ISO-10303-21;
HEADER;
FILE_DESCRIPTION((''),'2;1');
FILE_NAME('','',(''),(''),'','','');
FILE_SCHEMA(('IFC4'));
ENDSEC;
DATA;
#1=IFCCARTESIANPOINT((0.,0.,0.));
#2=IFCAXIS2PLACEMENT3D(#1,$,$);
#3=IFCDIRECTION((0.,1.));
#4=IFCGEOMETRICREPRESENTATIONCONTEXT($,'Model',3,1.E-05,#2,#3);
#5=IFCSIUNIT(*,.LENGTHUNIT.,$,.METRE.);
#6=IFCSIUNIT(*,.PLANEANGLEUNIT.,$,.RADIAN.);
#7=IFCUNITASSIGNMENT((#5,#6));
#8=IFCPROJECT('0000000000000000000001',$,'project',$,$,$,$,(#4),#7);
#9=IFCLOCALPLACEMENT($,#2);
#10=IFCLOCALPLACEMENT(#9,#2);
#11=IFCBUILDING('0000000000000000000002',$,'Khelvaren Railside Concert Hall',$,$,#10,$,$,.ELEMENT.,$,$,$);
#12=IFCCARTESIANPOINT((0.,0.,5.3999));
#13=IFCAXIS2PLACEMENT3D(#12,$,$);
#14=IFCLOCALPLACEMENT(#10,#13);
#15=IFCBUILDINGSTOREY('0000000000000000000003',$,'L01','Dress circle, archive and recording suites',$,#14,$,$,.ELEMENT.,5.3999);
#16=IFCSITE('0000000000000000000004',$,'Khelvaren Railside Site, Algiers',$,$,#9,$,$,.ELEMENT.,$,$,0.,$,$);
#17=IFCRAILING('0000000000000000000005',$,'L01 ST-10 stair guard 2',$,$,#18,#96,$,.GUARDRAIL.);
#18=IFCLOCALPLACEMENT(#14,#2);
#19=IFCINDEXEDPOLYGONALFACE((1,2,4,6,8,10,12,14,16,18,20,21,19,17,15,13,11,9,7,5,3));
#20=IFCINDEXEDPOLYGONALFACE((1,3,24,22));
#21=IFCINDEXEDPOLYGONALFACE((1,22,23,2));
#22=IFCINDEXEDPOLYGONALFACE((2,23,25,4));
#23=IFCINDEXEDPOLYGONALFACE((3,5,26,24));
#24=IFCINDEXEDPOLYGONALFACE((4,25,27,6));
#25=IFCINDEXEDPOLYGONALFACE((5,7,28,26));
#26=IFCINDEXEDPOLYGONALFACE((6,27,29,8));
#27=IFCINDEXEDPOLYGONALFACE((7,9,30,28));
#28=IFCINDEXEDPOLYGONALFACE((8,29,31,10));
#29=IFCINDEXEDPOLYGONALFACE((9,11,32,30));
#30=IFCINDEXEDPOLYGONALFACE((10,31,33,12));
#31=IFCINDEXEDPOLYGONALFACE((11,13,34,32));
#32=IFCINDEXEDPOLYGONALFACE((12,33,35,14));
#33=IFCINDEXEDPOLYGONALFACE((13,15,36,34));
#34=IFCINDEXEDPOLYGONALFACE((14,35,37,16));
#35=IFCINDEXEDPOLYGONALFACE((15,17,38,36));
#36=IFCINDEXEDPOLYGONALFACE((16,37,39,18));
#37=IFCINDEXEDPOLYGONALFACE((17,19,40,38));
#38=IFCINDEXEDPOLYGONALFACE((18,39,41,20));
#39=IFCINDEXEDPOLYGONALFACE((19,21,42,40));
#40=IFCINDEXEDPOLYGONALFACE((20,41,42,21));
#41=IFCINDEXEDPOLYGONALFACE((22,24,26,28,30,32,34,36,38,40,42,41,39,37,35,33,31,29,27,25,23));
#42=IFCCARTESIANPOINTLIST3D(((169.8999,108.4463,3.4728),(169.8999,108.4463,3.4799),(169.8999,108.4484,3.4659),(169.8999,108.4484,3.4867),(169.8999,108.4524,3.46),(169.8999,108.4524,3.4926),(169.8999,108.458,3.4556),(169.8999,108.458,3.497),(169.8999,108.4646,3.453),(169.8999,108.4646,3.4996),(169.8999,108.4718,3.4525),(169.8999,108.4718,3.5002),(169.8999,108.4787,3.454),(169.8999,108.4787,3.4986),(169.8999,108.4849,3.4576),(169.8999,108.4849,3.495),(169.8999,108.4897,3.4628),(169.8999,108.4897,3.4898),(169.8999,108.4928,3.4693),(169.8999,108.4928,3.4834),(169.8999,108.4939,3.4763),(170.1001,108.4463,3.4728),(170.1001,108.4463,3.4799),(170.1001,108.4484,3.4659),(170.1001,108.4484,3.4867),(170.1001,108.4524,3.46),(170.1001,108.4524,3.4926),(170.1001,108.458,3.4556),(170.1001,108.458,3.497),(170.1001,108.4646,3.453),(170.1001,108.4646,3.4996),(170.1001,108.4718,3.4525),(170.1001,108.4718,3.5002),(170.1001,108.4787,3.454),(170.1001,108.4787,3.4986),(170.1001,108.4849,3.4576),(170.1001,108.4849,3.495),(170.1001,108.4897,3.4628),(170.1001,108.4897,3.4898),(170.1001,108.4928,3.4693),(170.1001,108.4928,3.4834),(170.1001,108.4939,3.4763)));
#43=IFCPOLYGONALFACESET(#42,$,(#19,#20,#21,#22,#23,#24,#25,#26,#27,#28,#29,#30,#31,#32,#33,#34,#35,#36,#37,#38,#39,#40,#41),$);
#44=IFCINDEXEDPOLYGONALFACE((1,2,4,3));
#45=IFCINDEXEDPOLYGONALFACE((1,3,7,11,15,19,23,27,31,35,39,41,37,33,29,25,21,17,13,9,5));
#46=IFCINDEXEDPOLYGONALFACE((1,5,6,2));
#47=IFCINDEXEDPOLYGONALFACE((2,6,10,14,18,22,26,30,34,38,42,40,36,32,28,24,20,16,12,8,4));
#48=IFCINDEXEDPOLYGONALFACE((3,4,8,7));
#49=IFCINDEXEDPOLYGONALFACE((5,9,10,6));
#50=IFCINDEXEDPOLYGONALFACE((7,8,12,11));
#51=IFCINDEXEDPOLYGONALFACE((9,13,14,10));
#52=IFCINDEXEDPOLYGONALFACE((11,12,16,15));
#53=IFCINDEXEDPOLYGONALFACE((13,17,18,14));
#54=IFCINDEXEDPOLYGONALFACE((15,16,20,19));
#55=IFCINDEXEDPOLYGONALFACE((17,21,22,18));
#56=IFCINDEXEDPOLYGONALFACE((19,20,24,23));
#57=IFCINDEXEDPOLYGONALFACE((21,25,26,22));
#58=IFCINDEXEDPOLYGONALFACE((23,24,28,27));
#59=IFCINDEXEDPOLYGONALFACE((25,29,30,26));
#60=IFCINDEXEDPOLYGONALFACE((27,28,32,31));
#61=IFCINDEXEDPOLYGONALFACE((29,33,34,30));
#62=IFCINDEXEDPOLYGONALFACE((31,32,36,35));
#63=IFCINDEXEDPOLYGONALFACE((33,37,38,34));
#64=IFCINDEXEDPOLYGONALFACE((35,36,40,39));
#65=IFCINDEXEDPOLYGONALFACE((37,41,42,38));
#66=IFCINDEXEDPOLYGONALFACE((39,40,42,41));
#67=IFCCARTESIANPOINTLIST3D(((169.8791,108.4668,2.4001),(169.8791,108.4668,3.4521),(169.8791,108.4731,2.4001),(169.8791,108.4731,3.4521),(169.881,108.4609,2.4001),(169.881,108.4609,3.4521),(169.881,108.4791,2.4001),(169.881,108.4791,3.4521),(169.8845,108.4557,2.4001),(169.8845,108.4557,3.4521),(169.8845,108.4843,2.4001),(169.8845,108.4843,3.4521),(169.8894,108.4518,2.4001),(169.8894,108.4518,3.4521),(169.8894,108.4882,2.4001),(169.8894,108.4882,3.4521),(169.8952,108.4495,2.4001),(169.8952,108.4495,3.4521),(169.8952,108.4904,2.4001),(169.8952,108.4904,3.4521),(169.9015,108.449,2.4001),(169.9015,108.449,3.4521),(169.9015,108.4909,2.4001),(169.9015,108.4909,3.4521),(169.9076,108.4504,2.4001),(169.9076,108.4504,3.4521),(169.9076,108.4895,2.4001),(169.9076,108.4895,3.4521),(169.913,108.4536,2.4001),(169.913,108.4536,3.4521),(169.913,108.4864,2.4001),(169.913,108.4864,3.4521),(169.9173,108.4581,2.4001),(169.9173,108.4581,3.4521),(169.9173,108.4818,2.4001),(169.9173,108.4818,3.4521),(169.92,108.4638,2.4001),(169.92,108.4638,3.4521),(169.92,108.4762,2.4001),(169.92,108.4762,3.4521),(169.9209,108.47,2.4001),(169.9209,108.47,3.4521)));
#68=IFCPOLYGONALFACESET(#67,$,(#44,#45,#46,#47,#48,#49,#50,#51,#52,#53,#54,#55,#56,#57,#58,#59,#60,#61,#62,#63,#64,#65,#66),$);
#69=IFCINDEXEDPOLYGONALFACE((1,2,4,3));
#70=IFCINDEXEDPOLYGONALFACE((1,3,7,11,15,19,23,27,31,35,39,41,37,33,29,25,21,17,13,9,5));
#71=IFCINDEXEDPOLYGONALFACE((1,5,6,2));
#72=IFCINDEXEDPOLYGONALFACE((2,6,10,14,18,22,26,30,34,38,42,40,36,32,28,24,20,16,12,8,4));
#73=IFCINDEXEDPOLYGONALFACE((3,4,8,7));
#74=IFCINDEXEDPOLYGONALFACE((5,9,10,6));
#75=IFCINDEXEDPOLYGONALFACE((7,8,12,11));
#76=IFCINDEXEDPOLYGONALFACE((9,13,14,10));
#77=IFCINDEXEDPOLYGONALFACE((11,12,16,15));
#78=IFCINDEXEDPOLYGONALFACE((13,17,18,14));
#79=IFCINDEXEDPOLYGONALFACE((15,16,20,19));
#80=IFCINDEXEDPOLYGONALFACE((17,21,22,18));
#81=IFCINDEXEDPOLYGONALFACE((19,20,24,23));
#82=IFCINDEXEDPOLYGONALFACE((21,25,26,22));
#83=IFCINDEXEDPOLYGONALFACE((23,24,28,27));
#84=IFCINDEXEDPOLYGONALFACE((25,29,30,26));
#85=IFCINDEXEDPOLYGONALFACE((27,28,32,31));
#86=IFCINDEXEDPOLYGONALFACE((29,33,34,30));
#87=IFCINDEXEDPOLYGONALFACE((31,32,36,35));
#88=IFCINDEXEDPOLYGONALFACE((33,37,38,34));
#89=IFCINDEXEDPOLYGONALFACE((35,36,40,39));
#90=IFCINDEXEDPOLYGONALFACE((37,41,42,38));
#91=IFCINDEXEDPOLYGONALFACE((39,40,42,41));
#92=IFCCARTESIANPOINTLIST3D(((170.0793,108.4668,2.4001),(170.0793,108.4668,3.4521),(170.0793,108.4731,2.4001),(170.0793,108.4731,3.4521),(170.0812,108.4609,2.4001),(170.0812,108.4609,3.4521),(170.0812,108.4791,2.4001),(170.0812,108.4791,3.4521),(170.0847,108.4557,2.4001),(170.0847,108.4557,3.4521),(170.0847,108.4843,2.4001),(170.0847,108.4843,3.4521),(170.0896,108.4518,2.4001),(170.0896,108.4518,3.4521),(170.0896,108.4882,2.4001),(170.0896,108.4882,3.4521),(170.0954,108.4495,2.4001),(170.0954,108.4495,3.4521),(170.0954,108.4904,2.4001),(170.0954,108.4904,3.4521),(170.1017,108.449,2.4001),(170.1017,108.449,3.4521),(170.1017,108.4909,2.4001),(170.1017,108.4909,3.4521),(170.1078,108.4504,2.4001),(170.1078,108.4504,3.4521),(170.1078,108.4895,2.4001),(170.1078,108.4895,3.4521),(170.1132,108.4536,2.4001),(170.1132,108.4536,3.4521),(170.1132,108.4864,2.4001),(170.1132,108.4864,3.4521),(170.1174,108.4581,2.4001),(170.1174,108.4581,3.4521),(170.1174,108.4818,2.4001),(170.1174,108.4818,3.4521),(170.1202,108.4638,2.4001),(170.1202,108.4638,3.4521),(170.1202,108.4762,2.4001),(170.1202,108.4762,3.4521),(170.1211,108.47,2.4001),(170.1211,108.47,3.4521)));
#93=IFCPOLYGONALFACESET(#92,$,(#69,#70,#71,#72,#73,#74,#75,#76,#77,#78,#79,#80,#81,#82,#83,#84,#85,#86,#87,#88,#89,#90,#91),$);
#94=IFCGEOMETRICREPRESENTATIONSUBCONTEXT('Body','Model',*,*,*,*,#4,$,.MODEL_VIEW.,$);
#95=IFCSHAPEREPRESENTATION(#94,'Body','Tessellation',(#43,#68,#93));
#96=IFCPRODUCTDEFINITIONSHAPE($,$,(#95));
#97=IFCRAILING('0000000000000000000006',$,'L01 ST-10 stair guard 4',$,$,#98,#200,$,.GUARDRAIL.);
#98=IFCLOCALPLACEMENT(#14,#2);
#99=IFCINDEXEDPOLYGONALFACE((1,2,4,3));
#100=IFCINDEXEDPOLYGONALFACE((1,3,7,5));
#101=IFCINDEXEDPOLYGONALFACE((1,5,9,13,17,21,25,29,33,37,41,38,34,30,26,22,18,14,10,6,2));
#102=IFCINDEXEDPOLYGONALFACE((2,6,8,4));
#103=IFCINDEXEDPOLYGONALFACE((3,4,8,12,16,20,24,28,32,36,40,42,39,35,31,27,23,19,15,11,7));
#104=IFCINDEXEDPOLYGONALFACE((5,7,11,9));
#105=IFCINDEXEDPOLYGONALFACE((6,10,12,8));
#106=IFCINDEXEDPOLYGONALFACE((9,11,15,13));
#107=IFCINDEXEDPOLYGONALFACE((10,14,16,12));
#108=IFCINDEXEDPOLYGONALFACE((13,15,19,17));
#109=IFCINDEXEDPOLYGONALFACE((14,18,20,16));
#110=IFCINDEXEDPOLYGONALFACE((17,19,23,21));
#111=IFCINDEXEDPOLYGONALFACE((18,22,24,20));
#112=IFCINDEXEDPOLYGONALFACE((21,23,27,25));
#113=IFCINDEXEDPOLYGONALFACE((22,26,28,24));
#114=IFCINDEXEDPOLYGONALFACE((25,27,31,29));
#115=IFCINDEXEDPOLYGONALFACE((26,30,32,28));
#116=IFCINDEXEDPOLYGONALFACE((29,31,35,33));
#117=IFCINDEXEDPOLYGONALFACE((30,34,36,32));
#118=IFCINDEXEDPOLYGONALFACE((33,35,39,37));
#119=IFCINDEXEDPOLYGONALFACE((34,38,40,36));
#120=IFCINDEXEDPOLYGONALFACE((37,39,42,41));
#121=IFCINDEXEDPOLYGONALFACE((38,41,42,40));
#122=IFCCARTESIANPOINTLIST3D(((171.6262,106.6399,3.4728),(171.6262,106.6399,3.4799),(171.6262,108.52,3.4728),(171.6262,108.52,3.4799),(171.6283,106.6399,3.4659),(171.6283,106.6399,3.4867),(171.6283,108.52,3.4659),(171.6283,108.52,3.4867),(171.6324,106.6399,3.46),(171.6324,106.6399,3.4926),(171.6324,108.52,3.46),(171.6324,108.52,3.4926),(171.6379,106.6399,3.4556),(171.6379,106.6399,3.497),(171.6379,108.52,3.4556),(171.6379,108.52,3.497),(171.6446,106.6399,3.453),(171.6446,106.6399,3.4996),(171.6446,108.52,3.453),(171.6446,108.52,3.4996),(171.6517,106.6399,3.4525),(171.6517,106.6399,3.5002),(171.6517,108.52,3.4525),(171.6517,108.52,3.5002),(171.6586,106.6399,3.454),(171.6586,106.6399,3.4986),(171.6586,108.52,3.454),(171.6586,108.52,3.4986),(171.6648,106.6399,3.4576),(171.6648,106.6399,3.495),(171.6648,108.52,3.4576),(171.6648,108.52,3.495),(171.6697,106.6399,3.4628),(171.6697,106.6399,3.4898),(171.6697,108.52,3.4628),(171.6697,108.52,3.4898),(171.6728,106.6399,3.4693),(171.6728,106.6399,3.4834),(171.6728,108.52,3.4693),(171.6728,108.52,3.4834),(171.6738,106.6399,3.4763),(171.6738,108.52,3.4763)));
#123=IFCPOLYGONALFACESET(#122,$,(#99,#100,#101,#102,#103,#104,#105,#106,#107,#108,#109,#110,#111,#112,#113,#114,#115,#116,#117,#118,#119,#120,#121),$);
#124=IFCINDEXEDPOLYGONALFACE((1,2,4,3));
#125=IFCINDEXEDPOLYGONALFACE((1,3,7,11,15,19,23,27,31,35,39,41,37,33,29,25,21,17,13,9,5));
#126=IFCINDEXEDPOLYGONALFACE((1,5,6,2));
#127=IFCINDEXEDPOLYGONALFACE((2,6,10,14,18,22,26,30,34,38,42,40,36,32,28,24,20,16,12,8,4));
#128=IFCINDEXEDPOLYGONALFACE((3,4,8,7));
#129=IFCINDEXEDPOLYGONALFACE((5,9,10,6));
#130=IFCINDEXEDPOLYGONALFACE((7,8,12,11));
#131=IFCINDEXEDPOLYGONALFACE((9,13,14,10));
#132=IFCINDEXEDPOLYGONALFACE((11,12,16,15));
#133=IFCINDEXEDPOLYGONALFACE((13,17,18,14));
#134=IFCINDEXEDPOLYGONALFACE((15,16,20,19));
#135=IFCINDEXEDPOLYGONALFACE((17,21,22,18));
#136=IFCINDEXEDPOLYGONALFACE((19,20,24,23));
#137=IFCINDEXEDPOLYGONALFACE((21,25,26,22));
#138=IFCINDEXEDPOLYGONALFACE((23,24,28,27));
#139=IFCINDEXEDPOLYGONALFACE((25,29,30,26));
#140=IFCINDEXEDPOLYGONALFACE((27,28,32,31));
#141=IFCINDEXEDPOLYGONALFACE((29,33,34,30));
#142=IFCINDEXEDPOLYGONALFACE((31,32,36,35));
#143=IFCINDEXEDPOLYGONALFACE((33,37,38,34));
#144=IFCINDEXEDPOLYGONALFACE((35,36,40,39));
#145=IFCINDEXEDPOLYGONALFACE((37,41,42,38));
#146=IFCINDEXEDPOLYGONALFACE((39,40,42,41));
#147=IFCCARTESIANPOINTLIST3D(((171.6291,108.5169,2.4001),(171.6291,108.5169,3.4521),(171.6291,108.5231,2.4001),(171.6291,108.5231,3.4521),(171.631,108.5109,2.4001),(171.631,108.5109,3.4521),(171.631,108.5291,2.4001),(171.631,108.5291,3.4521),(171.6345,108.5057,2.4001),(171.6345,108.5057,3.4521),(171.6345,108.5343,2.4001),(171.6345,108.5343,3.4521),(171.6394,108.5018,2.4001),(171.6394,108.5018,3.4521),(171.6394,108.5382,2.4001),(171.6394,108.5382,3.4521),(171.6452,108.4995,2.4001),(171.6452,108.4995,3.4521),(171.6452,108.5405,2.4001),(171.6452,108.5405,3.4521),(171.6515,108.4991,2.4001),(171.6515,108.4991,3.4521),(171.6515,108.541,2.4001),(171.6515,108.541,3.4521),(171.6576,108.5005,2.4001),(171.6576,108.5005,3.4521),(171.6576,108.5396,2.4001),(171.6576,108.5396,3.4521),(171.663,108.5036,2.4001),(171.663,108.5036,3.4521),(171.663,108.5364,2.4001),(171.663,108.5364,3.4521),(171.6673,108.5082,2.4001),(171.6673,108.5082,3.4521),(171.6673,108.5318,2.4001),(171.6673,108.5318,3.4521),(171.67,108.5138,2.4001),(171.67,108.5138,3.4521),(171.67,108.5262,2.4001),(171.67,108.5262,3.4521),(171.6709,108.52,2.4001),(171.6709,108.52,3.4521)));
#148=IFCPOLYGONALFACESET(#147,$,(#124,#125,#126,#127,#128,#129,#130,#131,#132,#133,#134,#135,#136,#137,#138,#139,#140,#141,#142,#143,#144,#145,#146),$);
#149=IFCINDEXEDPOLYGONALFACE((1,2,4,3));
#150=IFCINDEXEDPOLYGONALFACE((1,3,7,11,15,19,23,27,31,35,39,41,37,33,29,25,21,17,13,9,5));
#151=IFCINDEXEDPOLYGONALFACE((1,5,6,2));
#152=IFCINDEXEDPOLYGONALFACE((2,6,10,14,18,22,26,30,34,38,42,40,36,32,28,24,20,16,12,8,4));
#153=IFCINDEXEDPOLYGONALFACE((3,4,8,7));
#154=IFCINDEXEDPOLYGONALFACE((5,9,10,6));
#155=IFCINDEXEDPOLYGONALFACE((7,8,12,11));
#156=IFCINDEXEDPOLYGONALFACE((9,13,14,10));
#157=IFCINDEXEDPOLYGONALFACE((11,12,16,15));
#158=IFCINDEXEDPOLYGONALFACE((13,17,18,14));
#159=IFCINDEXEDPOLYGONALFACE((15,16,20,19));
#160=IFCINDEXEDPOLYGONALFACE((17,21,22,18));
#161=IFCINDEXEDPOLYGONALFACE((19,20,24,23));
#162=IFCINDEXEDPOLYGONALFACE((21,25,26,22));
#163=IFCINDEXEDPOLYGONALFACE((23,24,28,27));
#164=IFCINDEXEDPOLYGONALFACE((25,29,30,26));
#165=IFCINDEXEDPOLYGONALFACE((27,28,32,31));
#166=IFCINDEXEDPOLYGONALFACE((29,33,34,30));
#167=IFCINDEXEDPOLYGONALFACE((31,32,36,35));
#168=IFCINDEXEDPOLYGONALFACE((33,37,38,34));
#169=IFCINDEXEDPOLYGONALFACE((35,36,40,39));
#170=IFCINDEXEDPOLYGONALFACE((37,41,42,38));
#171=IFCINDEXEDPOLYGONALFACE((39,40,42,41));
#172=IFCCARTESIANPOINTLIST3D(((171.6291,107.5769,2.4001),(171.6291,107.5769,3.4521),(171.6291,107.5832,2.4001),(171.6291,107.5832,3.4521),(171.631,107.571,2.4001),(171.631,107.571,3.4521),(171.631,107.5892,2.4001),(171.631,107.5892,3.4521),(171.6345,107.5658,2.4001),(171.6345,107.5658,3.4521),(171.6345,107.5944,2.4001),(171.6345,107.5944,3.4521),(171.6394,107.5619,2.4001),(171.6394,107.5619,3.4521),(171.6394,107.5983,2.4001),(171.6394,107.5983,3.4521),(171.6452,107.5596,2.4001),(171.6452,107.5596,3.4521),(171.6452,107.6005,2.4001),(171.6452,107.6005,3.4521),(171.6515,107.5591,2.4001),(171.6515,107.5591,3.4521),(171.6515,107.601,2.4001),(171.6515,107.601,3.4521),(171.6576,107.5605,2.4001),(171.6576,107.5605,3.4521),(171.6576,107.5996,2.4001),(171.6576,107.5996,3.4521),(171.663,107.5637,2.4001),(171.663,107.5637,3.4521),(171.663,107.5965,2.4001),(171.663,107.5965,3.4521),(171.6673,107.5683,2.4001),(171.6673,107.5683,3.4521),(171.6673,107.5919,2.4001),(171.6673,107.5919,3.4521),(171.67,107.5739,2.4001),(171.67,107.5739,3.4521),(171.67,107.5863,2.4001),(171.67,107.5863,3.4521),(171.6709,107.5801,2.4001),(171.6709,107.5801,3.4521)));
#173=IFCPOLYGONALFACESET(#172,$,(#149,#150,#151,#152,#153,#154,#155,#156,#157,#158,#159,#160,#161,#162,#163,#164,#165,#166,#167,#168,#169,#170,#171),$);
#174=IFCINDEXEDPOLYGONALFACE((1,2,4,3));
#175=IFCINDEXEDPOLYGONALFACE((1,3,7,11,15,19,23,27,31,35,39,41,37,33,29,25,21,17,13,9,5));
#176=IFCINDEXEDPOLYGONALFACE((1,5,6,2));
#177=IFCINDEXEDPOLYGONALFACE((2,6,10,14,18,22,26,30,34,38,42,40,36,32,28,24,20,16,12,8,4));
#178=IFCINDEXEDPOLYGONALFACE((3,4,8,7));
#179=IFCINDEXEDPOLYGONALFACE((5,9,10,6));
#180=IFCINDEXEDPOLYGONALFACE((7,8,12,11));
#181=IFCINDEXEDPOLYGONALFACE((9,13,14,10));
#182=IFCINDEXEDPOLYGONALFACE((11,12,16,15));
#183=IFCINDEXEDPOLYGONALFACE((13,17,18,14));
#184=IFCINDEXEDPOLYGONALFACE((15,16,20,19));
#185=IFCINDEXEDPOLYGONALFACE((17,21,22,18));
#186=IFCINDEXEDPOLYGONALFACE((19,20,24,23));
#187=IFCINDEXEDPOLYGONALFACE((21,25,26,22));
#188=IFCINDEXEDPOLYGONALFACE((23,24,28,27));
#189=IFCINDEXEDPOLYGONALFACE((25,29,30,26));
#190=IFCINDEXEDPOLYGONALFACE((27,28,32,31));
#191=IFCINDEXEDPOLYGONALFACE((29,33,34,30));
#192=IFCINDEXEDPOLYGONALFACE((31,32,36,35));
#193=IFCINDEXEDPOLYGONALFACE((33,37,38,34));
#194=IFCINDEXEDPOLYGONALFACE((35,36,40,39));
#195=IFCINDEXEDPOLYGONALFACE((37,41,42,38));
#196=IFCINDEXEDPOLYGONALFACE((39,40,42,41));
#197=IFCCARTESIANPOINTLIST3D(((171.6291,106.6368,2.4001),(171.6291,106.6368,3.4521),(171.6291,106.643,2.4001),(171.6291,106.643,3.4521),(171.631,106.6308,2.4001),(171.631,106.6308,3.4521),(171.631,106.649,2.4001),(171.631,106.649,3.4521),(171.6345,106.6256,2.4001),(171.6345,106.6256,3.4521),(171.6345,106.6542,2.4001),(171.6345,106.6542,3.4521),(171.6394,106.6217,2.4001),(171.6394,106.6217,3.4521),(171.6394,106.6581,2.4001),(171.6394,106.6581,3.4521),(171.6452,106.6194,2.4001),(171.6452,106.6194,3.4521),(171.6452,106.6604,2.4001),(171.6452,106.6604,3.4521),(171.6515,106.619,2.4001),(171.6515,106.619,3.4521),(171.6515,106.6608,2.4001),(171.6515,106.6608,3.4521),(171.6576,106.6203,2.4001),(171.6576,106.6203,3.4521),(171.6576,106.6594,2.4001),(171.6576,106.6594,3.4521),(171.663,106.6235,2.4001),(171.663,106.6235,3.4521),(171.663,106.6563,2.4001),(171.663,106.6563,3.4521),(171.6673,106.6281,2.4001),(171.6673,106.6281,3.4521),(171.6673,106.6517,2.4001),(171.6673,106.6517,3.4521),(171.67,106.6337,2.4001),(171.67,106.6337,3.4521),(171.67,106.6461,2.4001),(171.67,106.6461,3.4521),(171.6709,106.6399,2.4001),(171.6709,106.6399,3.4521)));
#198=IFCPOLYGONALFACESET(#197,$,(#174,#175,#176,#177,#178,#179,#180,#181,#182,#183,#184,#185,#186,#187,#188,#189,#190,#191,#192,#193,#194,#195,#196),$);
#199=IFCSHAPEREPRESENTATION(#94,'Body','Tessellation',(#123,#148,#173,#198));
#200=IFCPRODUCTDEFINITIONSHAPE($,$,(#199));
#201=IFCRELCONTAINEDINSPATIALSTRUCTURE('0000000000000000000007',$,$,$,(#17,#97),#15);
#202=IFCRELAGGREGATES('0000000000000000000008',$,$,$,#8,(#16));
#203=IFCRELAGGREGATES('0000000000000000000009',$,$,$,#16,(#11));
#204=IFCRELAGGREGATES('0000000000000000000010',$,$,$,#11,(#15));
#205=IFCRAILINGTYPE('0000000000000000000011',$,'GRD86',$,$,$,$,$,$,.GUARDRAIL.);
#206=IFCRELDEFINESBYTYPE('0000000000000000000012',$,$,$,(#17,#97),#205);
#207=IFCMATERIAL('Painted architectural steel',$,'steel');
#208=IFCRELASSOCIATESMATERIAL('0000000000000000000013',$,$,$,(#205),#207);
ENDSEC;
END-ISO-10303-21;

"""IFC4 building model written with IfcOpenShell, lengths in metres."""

from ifc_helpers import new_model, si_unit, direction, frame, origin, origin_2d, place, context, subcontext, project, spatial, circle, extrude, material, type_object, element, save


model = new_model("IFC4")

# Units and contexts
model_context = context("Model", 3, precision=1e-05, world=origin(), true_north=direction((0.0, 1.0)))
body_context = subcontext(model_context, "Body", "Model", "MODEL_VIEW")
ifc_project = project(units=[si_unit("LENGTHUNIT", "METRE"), si_unit("PLANEANGLEUNIT", "RADIAN")], contexts=[model_context])

# Site, building, storey
site_placement = place(None, origin())
site = spatial("IfcSite", under=ifc_project, at=site_placement, Name="Khelvaren Railside Site, Algiers", CompositionType="ELEMENT", RefElevation=0.0)
building_placement = place(site_placement, origin())
building = spatial("IfcBuilding", under=site, at=building_placement, Name="Khelvaren Railside Concert Hall", CompositionType="ELEMENT")
storey_placement = place(building_placement, frame((0.0, 0.0, 5.3999)))
storey = spatial("IfcBuildingStorey", under=building, at=storey_placement, Name="L01", Description="Dress circle, archive and recording suites", CompositionType="ELEMENT", Elevation=5.3999)

# Railings
ifc_material_1 = material(Name="Painted architectural steel", Category="steel")
railing_type_1 = type_object("IfcRailingType", Name="GRD86", PredefinedType="GUARDRAIL", material=ifc_material_1)
railing_1_placement = place(storey_placement, frame((169.8999, 108.47, 2.4001)))
element("IfcRailing", 1, at=railing_1_placement, inside=storey, type_object=railing_type_1, Name="L01 ST-10 stair guard 2", PredefinedType="GUARDRAIL", context=body_context, shape_type="SweptSolid", body=[
    extrude(circle(Radius=0.0239, at=origin_2d()), frame((0.0, 0.0, 1.0762), z_axis=(1.0, 0.0, 0.0), x_axis=(0.0, 1.0, 0.0)), (0.0, 0.0, 1.0), 0.2002),
    extrude(circle(Radius=0.021, at=origin_2d()), origin(), (0.0, 0.0, 1.0), 1.052),
    extrude(circle(Radius=0.021, at=origin_2d()), frame((0.2002, 0.0, 0.0)), (0.0, 0.0, 1.0), 1.052),
])
railing_2_placement = place(storey_placement, frame((171.6499, 108.52, 2.4001)))
element("IfcRailing", 2, at=railing_2_placement, inside=storey, type_object=railing_type_1, Name="L01 ST-10 stair guard 4", PredefinedType="GUARDRAIL", context=body_context, shape_type="SweptSolid", body=[
    extrude(circle(Radius=0.0239, at=origin_2d()), frame((0.0, 0.0, 1.0762), z_axis=(0.0, -1.0, 0.0), x_axis=(1.0, 0.0, 0.0)), (0.0, 0.0, 1.0), 1.8801),
    extrude(circle(Radius=0.021, at=origin_2d()), origin(), (0.0, 0.0, 1.0), 1.052),
    extrude(circle(Radius=0.021, at=origin_2d()), frame((0.0, -0.9399, 0.0)), (0.0, 0.0, 1.0), 1.052),
    extrude(circle(Radius=0.021, at=origin_2d()), frame((0.0, -1.8801, 0.0)), (0.0, 0.0, 1.0), 1.052),
])

save(model, "model.ifc")
